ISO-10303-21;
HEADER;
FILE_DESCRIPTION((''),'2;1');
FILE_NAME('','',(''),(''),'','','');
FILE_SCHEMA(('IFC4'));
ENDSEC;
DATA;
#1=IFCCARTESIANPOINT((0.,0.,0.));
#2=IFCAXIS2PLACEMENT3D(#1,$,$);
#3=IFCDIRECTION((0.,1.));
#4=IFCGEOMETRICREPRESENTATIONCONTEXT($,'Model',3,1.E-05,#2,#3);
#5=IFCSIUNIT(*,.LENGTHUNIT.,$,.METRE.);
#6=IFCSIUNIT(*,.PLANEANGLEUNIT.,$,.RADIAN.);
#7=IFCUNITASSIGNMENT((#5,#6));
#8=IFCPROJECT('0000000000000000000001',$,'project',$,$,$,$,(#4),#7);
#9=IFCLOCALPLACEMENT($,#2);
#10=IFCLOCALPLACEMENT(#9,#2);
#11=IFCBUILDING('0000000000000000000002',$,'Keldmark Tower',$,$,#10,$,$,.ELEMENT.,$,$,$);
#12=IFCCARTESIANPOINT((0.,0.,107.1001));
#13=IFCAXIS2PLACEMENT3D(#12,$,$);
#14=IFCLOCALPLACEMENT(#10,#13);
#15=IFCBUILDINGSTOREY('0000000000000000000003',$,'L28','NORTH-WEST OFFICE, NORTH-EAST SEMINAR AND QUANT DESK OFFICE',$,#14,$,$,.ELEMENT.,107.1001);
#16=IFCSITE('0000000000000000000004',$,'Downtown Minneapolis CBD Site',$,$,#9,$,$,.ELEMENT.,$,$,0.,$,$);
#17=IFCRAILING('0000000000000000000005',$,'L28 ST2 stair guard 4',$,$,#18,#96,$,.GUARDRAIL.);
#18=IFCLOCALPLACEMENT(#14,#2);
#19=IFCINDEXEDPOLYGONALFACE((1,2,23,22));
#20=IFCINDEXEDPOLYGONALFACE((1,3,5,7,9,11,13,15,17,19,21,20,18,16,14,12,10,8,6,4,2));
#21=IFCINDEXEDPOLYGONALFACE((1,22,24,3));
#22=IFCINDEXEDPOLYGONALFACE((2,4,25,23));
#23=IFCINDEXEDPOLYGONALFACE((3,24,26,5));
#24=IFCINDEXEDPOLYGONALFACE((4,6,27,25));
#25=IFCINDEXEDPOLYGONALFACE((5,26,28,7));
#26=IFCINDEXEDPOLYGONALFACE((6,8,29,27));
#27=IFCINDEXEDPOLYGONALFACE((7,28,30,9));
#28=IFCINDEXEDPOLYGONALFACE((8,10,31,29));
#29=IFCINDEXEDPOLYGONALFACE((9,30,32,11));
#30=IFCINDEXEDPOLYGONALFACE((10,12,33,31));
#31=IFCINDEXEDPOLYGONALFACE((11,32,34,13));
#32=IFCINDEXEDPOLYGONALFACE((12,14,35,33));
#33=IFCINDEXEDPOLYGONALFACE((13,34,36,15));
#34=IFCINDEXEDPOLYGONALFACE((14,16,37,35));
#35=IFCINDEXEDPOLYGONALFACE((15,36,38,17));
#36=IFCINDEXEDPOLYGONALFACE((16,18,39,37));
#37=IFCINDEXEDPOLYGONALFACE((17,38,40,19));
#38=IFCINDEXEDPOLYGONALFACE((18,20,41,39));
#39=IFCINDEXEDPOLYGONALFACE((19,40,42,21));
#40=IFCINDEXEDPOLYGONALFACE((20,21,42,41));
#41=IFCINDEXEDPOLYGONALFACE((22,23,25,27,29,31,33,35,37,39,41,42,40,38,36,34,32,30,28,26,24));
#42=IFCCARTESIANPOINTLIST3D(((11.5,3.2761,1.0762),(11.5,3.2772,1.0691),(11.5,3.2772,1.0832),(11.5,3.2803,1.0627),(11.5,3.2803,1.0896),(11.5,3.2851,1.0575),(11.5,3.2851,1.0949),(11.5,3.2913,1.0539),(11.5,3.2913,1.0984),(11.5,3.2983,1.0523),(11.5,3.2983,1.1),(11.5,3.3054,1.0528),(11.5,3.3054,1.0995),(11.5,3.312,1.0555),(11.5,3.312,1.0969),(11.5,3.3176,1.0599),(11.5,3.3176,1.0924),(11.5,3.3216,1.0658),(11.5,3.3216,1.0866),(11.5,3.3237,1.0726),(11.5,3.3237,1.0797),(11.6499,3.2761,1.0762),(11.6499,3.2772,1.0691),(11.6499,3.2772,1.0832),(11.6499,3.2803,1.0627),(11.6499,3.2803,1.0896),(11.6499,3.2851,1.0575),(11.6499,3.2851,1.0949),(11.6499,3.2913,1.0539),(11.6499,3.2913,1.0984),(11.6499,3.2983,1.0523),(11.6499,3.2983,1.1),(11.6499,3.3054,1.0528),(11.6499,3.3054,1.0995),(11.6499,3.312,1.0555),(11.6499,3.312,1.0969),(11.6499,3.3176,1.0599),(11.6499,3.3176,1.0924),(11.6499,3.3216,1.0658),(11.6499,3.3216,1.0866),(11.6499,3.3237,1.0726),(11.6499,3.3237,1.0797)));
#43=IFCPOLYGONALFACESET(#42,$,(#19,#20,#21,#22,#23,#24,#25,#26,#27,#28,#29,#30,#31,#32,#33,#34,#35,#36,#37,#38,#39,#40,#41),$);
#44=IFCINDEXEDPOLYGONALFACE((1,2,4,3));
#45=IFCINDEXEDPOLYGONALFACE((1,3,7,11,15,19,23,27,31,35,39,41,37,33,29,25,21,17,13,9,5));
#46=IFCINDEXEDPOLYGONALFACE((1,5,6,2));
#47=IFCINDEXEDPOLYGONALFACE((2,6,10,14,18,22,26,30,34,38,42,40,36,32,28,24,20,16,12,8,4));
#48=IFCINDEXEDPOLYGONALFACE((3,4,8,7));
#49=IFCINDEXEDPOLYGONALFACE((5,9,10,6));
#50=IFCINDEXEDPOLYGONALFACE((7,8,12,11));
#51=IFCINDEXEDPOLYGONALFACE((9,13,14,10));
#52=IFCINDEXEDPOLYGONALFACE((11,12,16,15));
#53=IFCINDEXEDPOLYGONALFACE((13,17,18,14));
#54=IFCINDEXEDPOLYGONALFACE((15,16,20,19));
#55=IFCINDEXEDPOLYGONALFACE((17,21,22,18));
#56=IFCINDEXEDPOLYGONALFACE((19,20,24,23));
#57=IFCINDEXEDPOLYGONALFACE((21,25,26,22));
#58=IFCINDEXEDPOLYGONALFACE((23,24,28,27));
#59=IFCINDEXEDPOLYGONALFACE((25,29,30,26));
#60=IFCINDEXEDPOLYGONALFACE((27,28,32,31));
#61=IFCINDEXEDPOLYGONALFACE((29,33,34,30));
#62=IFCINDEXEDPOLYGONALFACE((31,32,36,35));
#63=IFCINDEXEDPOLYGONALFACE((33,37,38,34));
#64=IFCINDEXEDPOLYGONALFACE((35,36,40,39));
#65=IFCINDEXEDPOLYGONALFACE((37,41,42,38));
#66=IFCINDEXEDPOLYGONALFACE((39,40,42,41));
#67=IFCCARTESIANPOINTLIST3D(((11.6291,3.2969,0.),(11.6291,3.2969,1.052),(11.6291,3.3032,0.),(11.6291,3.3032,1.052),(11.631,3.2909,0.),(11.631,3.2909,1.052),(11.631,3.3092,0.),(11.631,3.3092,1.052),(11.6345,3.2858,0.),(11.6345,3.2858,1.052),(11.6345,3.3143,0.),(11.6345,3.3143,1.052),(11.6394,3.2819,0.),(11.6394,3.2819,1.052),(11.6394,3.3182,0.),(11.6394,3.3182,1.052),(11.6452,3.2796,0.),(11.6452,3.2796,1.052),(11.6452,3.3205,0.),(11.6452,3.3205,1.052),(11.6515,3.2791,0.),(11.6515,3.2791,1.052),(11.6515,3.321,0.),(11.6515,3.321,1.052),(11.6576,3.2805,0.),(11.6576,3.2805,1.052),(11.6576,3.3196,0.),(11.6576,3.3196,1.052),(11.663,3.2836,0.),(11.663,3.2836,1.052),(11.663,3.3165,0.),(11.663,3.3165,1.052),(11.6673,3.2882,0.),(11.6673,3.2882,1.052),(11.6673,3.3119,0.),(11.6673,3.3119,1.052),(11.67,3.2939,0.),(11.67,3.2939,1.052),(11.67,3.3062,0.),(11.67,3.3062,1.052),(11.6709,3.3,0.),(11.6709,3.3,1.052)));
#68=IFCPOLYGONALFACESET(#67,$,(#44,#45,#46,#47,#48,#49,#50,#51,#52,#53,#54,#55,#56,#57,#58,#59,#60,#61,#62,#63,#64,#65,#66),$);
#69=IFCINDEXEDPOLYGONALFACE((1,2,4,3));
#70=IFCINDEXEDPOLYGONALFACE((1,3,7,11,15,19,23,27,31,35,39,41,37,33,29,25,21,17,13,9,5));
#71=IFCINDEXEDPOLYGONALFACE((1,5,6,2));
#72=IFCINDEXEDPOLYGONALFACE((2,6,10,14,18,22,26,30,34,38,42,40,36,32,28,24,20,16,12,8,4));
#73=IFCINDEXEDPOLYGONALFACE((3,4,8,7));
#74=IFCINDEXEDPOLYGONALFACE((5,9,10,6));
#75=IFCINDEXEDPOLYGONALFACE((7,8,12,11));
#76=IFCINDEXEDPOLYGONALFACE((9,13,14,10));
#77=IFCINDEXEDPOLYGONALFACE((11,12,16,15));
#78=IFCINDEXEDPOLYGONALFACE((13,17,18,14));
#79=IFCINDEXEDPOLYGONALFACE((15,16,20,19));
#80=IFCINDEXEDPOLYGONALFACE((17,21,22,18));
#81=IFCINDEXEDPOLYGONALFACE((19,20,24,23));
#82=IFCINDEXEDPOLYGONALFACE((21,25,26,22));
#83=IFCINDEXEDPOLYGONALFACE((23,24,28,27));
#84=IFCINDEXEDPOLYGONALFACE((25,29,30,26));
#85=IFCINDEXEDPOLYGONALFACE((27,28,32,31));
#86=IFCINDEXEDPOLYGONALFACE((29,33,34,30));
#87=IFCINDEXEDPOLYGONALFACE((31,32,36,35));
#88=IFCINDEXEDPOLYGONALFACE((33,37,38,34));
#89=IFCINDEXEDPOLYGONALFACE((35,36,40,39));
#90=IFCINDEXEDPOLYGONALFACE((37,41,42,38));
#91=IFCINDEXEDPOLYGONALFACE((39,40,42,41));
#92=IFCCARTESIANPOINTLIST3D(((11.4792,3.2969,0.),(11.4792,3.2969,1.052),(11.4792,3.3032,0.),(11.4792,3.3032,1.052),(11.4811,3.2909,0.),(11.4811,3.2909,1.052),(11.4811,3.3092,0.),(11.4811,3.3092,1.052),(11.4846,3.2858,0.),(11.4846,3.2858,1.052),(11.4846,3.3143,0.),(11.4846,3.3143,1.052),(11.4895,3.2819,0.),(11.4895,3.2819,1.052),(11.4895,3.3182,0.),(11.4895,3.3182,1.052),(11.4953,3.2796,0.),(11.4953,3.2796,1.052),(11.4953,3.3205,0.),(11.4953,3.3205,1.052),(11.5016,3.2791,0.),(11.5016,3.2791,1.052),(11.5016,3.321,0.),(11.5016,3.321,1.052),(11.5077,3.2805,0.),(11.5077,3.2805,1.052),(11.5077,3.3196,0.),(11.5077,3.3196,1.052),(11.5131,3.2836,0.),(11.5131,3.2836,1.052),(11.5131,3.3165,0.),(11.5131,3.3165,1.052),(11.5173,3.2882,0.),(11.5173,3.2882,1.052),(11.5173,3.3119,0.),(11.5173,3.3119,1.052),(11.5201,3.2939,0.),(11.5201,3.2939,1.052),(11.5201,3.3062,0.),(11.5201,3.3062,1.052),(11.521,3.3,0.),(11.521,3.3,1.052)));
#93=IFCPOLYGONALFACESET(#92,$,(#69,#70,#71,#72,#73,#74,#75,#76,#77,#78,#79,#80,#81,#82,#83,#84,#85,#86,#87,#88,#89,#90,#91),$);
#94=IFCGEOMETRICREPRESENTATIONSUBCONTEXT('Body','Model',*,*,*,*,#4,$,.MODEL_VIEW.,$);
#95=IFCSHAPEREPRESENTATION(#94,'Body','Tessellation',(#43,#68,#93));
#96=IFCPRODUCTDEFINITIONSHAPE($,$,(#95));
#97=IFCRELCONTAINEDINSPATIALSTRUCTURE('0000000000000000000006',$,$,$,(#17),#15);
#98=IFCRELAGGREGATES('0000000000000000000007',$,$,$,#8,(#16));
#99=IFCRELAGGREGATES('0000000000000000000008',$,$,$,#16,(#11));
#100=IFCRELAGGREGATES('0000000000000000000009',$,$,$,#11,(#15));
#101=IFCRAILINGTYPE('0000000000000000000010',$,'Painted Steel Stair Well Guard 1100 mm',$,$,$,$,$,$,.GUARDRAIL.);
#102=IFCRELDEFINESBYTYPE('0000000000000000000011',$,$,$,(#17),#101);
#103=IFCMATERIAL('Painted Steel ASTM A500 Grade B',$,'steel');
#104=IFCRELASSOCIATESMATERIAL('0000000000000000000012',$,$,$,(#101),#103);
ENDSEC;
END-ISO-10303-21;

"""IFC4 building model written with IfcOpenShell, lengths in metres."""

from ifc_helpers import new_model, si_unit, direction, frame, origin, origin_2d, place, context, subcontext, project, spatial, circle, extrude, material, type_object, element, save


model = new_model("IFC4")

# Units and contexts
model_context = context("Model", 3, precision=1e-05, world=origin(), true_north=direction((0.0, 1.0)))
body_context = subcontext(model_context, "Body", "Model", "MODEL_VIEW")
ifc_project = project(units=[si_unit("LENGTHUNIT", "METRE"), si_unit("PLANEANGLEUNIT", "RADIAN")], contexts=[model_context])

# Site, building, storey
site_placement = place(None, origin())
site = spatial("IfcSite", under=ifc_project, at=site_placement, Name="Downtown Minneapolis CBD Site", CompositionType="ELEMENT", RefElevation=0.0)
building_placement = place(site_placement, origin())
building = spatial("IfcBuilding", under=site, at=building_placement, Name="Keldmark Tower", CompositionType="ELEMENT")
storey_placement = place(building_placement, frame((0.0, 0.0, 107.1001)))
storey = spatial("IfcBuildingStorey", under=building, at=storey_placement, Name="L28", Description="NORTH-WEST OFFICE, NORTH-EAST SEMINAR AND QUANT DESK OFFICE", CompositionType="ELEMENT", Elevation=107.1001)

# Railing
ifc_material_1 = material(Name="Painted Steel ASTM A500 Grade B", Category="steel")
railing_type_1 = type_object("IfcRailingType", Name="Painted Steel Stair Well Guard 1100 mm", PredefinedType="GUARDRAIL", material=ifc_material_1)
railing_1_placement = place(storey_placement, frame((11.6499, 3.3, 0.0)))
element("IfcRailing", 1, at=railing_1_placement, inside=storey, type_object=railing_type_1, Name="L28 ST2 stair guard 4", PredefinedType="GUARDRAIL", context=body_context, shape_type="SweptSolid", body=[
    extrude(circle(Radius=0.0239, at=origin_2d()), frame((0.0, 0.0, 1.0762), z_axis=(-1.0, 0.0, 0.0), x_axis=(0.0, -1.0, 0.0)), (0.0, 0.0, 1.0), 0.1499),
    extrude(circle(Radius=0.021, at=origin_2d()), origin(), (0.0, 0.0, 1.0), 1.052),
    extrude(circle(Radius=0.021, at=origin_2d()), frame((-0.1499, 0.0, 0.0)), (0.0, 0.0, 1.0), 1.052),
])

save(model, "model.ifc")
